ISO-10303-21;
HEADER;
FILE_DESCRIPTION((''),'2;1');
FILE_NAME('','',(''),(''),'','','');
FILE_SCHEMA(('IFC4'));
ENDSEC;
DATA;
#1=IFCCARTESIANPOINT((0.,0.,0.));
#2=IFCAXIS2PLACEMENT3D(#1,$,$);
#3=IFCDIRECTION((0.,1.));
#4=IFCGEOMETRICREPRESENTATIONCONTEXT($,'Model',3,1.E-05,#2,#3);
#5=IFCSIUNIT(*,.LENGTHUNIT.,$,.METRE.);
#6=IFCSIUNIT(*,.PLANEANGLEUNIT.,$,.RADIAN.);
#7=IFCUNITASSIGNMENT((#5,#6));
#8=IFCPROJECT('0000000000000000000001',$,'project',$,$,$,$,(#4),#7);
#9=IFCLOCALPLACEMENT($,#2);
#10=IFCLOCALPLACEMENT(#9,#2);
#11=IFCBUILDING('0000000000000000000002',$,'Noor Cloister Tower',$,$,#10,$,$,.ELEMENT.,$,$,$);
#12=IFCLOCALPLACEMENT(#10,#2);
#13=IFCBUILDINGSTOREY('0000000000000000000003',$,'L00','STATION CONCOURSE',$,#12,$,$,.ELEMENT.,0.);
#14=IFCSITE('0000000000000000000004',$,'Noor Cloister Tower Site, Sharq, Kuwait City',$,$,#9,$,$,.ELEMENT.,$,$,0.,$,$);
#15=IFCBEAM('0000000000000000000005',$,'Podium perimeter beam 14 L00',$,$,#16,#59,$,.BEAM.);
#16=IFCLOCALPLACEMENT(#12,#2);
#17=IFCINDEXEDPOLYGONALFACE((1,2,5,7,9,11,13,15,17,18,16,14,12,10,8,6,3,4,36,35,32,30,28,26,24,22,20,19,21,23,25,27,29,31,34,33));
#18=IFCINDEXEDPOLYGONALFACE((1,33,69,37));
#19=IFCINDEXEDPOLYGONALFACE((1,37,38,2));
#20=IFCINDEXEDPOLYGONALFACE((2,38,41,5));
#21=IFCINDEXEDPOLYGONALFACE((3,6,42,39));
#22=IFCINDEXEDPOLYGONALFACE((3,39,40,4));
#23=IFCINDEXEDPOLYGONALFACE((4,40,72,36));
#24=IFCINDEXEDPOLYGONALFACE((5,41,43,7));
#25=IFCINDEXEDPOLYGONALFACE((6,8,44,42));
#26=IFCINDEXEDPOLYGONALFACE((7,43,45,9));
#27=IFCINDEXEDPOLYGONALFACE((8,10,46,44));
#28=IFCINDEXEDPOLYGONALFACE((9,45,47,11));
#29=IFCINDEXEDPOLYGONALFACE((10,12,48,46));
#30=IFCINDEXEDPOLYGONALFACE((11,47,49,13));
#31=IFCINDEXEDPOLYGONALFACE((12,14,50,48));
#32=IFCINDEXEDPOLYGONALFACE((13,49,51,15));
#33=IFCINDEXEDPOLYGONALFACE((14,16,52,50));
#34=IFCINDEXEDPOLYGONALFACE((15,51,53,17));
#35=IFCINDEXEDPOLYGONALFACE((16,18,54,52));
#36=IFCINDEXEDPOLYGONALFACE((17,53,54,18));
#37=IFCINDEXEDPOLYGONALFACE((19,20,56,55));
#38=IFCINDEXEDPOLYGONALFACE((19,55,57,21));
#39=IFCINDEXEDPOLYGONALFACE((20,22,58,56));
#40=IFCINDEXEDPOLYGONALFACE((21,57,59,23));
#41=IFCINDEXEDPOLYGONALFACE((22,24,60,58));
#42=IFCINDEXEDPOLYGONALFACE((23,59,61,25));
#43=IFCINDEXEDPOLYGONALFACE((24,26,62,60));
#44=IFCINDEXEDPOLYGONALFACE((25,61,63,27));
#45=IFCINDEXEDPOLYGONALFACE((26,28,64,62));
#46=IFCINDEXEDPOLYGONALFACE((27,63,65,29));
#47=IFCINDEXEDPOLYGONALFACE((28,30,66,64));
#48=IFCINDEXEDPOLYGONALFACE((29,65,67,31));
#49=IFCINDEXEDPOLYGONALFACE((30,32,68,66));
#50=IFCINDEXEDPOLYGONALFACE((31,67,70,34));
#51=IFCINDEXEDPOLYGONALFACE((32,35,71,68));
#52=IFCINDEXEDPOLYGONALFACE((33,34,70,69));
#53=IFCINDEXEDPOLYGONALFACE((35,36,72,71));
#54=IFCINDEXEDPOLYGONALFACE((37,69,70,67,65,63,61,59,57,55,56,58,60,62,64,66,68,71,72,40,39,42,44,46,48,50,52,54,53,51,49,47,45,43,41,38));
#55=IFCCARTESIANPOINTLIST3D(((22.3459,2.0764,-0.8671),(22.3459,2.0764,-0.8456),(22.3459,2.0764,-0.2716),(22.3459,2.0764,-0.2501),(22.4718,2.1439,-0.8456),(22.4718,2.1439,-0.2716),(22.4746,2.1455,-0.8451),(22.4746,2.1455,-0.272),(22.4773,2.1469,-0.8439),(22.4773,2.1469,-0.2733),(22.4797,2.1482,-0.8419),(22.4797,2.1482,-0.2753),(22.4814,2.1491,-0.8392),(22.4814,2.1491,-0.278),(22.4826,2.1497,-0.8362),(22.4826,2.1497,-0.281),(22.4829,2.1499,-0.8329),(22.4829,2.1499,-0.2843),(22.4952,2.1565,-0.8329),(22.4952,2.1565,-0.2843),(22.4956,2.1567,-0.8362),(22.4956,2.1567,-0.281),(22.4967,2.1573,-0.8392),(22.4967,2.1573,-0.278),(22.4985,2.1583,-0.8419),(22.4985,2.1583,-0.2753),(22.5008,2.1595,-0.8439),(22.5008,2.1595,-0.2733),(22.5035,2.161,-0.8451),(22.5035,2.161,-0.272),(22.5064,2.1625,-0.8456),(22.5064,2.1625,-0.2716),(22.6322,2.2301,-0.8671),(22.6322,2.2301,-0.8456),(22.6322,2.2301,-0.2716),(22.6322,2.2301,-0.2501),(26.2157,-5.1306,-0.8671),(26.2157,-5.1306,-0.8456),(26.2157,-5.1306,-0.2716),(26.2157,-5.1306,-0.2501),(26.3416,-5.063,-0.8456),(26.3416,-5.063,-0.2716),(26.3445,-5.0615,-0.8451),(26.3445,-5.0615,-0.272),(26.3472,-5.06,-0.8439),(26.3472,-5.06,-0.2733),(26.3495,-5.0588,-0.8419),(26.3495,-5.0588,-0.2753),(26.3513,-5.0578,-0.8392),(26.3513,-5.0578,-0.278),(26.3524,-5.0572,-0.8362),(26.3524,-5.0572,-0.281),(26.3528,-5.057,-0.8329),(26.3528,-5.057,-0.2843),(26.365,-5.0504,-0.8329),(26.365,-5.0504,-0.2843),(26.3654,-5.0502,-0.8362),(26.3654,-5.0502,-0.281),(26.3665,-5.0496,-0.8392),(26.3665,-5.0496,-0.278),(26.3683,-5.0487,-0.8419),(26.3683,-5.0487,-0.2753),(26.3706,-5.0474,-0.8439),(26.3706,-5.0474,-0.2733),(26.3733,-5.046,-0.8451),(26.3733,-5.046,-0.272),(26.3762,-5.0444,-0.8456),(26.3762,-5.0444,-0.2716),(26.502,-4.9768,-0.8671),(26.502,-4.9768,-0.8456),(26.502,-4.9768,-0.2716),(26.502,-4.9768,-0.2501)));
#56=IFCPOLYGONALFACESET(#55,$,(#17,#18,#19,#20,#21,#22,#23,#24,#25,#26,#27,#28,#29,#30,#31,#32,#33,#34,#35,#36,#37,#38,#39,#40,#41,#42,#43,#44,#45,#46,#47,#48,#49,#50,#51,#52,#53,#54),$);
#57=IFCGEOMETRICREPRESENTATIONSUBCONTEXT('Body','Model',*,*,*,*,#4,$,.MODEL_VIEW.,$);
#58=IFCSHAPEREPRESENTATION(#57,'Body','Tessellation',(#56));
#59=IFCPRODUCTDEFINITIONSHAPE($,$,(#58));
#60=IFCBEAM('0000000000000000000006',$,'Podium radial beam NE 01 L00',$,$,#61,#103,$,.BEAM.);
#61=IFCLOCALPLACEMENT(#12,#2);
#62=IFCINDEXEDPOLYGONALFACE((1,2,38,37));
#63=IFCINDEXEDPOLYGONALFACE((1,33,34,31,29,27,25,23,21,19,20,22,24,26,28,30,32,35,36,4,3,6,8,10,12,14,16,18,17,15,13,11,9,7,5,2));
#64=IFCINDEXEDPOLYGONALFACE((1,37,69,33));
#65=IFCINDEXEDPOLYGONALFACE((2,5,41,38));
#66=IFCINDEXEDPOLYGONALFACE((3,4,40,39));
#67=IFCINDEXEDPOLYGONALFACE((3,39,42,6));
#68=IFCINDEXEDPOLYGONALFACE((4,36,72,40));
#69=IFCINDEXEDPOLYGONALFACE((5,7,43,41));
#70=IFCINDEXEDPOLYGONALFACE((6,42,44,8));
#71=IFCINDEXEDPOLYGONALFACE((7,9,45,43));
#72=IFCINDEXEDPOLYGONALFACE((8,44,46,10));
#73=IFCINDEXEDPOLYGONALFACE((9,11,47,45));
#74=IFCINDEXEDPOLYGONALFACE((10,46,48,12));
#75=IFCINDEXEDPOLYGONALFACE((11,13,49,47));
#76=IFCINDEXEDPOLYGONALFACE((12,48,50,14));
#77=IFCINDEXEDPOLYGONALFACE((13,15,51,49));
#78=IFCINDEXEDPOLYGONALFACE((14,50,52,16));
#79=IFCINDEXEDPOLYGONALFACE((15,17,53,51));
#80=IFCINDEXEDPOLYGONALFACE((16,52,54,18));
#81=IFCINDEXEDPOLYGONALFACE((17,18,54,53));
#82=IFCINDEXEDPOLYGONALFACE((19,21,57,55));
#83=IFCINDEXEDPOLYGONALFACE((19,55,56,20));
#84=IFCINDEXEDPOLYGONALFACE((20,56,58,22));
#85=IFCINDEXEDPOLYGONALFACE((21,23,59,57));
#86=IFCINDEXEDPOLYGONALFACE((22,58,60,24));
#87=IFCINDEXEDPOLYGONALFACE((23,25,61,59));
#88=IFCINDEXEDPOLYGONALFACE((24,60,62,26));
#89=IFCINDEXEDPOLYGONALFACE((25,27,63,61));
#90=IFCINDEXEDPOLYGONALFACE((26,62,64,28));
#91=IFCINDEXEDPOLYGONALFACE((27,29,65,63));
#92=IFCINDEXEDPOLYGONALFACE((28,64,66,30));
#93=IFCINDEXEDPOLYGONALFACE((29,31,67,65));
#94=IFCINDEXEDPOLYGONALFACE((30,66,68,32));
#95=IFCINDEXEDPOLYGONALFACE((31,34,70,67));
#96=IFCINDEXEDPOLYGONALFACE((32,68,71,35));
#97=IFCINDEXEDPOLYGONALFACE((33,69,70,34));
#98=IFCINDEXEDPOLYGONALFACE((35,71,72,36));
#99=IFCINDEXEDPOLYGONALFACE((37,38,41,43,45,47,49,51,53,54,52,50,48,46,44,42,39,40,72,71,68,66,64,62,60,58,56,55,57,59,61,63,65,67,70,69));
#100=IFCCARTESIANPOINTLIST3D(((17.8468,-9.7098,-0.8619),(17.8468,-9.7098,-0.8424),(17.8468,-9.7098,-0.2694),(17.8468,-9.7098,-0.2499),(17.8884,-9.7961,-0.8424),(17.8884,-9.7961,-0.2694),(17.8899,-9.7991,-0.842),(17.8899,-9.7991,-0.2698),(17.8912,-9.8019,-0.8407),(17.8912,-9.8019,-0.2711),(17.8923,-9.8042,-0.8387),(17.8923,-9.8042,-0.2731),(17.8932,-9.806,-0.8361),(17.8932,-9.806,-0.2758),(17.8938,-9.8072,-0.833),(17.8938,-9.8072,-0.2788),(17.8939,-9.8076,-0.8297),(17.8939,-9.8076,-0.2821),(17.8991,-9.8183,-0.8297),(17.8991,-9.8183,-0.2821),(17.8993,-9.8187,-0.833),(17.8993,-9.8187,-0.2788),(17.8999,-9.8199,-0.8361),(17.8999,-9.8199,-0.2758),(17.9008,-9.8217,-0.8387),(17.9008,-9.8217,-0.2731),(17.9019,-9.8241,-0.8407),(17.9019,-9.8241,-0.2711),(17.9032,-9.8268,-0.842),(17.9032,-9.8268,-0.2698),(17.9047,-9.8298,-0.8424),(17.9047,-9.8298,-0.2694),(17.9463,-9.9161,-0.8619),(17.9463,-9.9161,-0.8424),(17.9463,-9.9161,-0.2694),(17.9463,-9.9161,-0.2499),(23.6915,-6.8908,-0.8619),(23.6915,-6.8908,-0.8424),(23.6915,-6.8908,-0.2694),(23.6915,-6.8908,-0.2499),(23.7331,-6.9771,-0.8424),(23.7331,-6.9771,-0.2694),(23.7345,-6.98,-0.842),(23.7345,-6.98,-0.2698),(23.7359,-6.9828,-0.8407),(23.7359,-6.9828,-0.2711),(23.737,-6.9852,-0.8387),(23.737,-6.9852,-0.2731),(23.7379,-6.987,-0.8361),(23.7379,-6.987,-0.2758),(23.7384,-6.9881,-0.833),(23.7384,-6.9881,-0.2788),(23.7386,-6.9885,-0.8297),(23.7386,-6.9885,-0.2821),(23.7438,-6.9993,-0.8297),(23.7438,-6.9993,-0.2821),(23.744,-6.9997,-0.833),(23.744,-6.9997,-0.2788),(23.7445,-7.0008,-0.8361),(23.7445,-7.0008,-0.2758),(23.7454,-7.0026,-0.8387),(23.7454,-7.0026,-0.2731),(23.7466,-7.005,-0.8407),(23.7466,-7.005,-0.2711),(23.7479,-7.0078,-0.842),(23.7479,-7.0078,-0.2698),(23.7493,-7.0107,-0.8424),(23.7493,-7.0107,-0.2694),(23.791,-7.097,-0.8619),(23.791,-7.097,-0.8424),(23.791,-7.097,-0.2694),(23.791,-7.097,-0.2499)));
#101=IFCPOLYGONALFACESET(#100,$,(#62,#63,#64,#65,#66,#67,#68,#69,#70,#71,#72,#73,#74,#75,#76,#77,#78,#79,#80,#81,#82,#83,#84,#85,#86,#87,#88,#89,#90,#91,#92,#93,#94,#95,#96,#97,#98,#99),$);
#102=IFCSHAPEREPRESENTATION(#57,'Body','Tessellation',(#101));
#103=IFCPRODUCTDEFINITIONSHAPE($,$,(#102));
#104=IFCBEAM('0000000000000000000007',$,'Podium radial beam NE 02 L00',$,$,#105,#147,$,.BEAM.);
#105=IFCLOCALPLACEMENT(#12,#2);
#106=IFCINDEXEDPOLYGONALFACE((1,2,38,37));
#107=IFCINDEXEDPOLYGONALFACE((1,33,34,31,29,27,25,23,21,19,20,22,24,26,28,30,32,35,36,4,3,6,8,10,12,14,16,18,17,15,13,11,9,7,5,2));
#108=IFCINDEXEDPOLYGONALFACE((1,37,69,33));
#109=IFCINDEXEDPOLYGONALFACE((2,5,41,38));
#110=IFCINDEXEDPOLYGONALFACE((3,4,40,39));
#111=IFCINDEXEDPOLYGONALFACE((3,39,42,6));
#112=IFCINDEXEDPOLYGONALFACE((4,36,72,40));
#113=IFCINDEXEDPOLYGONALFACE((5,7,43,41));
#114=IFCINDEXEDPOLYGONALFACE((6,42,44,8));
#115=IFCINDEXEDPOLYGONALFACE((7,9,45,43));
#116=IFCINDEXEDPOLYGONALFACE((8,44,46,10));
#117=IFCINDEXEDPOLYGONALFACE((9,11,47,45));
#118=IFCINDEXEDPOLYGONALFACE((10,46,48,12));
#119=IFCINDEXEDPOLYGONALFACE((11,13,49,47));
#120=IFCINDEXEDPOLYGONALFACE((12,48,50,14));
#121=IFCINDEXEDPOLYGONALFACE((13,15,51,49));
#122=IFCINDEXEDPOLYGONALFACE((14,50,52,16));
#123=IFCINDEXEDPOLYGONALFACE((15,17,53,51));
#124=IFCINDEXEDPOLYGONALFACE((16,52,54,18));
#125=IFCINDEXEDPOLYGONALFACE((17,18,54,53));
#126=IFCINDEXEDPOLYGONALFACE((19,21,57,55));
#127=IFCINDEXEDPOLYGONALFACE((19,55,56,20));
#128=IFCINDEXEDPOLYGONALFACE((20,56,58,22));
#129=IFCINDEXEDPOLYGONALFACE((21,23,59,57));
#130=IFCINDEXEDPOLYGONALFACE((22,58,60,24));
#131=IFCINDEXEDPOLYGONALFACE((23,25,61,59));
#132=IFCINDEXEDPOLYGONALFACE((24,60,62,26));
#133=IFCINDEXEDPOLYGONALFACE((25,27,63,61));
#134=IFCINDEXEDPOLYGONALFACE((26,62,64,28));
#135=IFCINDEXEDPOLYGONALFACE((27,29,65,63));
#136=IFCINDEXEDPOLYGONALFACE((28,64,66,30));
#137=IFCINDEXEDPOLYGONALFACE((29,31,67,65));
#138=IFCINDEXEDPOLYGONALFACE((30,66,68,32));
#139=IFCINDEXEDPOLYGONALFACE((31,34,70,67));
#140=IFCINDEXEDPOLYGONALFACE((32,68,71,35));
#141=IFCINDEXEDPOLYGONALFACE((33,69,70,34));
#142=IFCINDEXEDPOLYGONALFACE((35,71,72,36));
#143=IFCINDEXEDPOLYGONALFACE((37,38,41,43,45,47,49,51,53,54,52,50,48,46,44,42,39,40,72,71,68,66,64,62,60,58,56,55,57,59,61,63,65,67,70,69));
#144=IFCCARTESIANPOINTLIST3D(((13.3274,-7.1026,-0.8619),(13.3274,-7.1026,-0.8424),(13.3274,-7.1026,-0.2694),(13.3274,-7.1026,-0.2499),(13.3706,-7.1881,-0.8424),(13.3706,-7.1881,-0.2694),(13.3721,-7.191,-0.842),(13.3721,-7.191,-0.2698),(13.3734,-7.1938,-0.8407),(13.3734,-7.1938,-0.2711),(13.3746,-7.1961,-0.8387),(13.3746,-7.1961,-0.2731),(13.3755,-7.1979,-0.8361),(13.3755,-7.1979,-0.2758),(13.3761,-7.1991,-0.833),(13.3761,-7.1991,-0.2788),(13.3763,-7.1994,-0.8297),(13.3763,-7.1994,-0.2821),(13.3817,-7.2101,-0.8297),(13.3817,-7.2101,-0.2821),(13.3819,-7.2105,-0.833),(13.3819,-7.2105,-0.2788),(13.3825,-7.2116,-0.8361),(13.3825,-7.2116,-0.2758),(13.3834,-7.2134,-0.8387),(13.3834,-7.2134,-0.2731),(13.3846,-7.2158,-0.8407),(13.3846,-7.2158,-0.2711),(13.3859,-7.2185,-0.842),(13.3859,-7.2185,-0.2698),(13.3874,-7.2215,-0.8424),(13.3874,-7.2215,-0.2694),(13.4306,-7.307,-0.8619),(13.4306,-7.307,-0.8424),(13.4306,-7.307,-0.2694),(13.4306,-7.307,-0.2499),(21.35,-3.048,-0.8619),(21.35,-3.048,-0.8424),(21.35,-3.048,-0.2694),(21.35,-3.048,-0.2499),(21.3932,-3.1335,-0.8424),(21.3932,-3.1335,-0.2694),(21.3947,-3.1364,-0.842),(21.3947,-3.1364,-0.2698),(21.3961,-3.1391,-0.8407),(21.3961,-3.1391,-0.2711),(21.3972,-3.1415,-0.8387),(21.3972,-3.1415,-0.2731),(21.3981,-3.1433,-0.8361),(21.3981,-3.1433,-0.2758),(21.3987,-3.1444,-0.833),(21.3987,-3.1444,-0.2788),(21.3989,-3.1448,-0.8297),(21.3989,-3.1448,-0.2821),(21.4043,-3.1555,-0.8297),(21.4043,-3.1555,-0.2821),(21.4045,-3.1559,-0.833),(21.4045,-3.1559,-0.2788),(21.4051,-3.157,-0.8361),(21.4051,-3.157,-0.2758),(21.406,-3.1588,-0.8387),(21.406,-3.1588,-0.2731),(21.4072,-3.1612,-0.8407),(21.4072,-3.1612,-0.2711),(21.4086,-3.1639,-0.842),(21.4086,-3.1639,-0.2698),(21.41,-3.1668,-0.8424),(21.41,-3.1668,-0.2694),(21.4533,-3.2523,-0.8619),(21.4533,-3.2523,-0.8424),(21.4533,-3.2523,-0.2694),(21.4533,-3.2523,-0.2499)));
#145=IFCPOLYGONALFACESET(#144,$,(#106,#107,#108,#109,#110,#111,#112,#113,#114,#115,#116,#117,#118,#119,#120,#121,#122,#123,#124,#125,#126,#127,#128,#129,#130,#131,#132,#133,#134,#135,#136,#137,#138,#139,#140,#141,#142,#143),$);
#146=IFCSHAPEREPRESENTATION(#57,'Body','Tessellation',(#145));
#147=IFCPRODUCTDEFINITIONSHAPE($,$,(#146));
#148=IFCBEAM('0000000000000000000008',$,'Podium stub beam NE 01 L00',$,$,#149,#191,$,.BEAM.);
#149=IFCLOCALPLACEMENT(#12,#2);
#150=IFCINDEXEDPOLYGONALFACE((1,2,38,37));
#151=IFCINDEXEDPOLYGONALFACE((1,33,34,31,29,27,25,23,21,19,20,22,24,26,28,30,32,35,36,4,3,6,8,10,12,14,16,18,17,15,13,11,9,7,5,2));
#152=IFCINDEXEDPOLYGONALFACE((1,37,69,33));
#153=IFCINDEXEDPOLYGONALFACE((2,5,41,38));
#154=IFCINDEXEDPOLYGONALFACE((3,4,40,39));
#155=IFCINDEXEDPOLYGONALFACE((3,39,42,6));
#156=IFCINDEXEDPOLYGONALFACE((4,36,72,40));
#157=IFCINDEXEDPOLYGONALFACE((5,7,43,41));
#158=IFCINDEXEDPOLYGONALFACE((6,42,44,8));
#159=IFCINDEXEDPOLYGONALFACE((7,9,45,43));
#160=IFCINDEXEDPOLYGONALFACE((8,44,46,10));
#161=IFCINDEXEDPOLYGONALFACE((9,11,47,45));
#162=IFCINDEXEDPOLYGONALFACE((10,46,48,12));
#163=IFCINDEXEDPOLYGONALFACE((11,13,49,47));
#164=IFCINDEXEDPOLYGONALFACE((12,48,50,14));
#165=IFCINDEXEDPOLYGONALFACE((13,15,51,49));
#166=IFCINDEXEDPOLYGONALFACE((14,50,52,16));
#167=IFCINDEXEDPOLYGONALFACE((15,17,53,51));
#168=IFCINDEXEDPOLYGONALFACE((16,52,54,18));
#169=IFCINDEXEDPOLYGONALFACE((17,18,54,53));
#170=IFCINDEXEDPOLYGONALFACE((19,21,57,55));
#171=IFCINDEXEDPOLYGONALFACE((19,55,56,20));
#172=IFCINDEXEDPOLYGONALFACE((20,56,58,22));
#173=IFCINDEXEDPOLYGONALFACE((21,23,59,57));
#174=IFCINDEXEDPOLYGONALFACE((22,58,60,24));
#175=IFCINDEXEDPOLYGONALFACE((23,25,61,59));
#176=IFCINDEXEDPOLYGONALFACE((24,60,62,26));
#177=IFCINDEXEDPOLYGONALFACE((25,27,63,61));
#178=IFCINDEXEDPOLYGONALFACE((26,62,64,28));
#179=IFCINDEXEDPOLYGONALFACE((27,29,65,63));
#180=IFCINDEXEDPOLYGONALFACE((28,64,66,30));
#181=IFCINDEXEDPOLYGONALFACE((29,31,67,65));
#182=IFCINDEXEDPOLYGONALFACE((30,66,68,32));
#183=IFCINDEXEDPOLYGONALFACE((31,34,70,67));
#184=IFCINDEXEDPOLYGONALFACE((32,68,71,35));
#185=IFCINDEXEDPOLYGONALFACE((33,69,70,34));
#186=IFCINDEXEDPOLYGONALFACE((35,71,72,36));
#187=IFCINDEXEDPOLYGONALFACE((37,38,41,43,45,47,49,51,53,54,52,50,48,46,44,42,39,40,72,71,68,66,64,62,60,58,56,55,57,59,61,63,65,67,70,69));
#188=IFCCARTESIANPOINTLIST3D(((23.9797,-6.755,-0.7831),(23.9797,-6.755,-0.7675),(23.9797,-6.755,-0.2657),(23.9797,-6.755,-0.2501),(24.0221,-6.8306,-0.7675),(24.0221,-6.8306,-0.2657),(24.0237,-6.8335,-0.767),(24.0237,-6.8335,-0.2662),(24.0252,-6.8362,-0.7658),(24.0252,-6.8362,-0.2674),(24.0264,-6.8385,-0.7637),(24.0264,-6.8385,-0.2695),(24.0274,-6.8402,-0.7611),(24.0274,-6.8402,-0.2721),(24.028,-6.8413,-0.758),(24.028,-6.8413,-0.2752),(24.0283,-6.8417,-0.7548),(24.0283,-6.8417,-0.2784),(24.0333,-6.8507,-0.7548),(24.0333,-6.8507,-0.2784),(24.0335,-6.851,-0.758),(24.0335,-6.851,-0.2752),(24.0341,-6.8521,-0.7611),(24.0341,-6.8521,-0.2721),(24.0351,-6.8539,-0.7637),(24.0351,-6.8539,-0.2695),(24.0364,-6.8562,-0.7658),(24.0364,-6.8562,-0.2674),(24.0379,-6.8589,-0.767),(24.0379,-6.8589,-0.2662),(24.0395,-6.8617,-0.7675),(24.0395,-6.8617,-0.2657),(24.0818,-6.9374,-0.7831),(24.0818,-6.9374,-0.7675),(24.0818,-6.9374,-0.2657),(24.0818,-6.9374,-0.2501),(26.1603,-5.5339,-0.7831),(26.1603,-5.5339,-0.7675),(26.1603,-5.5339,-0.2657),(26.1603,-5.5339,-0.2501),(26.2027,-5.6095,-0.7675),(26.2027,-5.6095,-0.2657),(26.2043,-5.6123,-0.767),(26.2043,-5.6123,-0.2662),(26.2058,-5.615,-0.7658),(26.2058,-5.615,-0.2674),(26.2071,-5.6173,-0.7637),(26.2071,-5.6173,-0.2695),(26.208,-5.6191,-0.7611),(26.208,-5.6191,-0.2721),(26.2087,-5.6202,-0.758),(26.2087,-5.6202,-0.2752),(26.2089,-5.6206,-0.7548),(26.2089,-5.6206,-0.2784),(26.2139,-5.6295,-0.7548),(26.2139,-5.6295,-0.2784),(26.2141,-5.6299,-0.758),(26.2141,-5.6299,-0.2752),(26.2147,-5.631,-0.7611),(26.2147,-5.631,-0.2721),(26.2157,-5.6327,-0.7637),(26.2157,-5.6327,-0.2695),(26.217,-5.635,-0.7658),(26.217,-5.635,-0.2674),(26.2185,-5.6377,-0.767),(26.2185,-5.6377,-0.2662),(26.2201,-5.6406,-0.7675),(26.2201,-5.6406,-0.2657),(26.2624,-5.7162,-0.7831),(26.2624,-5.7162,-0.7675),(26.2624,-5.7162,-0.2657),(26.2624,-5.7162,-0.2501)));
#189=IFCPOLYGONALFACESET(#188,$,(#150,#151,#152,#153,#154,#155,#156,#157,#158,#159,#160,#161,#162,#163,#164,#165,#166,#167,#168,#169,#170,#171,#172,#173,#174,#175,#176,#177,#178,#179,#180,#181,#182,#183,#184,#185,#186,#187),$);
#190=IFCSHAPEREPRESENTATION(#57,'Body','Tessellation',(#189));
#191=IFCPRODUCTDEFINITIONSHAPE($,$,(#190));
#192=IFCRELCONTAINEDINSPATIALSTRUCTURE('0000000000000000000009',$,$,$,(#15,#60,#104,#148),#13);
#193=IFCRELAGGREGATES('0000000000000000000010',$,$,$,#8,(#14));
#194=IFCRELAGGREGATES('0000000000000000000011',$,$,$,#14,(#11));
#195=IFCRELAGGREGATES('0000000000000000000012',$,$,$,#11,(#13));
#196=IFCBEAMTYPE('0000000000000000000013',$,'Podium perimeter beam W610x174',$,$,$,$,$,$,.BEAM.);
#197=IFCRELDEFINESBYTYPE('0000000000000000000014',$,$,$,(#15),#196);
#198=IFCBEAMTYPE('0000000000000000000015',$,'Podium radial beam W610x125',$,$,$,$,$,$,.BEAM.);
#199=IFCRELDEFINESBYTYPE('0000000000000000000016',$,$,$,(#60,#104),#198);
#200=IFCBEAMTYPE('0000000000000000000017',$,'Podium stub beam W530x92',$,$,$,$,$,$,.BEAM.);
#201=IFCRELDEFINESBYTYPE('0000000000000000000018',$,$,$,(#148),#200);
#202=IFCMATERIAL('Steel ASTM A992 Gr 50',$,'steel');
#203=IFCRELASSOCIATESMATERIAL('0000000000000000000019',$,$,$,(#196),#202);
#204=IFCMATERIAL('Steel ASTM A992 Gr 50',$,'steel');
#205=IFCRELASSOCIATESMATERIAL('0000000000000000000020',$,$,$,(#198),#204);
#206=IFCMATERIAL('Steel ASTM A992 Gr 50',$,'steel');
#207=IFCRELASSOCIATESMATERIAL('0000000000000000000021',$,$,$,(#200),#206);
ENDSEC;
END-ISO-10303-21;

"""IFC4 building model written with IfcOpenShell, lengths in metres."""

from ifc_helpers import new_model, si_unit, direction, frame, origin, origin_2d, place, context, subcontext, project, spatial, i_section, extrude, material, material_profile, profile_set, type_object, element, save


model = new_model("IFC4")

# Units and contexts
model_context = context("Model", 3, precision=1e-05, world=origin(), true_north=direction((0.0, 1.0)))
body_context = subcontext(model_context, "Body", "Model", "MODEL_VIEW")
ifc_project = project(units=[si_unit("LENGTHUNIT", "METRE"), si_unit("PLANEANGLEUNIT", "RADIAN")], contexts=[model_context])

# Site, building, storey
site_placement = place(None, origin())
site = spatial("IfcSite", under=ifc_project, at=site_placement, Name="Noor Cloister Tower Site, Sharq, Kuwait City", CompositionType="ELEMENT", RefElevation=0.0)
building_placement = place(site_placement, origin())
building = spatial("IfcBuilding", under=site, at=building_placement, Name="Noor Cloister Tower", CompositionType="ELEMENT")
storey_placement = place(building_placement, origin())
storey = spatial("IfcBuildingStorey", under=building, at=storey_placement, Name="L00", Description="STATION CONCOURSE", CompositionType="ELEMENT", Elevation=0.0)

# Beams
ifc_material_1 = material(Name="Steel ASTM A992 Gr 50", Category="steel")
ifc_material_profile_1 = material_profile(ifc_material_1, i_section(OverallWidth=0.325, OverallDepth=0.6169, WebThickness=0.0139, FlangeThickness=0.0215, FilletRadius=0.0127, at=origin_2d()), Name="W610x174")
ifc_profile_set_1 = profile_set([ifc_material_profile_1], Name="Steel ASTM A992 Gr 50")
beam_type_1 = type_object("IfcBeamType", Name="Podium perimeter beam W610x174", PredefinedType="BEAM", material=ifc_profile_set_1)
beam_1_placement = place(storey_placement, frame((26.3589, -5.0537, -0.5586), z_axis=(-0.473073, 0.881023, 0.0), x_axis=(-0.881023, -0.473073, 0.0)))
element("IfcBeam", 1, at=beam_1_placement, inside=storey, type_object=beam_type_1, Name="Podium perimeter beam 14 L00", PredefinedType="BEAM", context=body_context, shape_type="SweptSolid", body=[
    extrude(i_section(OverallWidth=0.325, OverallDepth=0.6169, WebThickness=0.0139, FlangeThickness=0.0215, FilletRadius=0.0127, at=origin_2d()), origin(), (0.0, 0.0, 1.0), 8.1802),
])
ifc_material_2 = material(Name="Steel ASTM A992 Gr 50", Category="steel")
ifc_material_profile_2 = material_profile(ifc_material_2, i_section(OverallWidth=0.229, OverallDepth=0.6121, WebThickness=0.012, FlangeThickness=0.0195, FilletRadius=0.0127, at=origin_2d()), Name="W610x125")
ifc_profile_set_2 = profile_set([ifc_material_profile_2], Name="Steel ASTM A992 Gr 50")
beam_type_2 = type_object("IfcBeamType", Name="Podium radial beam W610x125", PredefinedType="BEAM", material=ifc_profile_set_2)
beam_2_placement = place(storey_placement, frame((23.7412, -6.9939, -0.5559), z_axis=(-0.900702, -0.434437, 0.0), x_axis=(0.434437, -0.900702, 0.0)))
element("IfcBeam", 2, at=beam_2_placement, inside=storey, type_object=beam_type_2, Name="Podium radial beam NE 01 L00", PredefinedType="BEAM", context=body_context, shape_type="SweptSolid", body=[
    extrude(i_section(OverallWidth=0.229, OverallDepth=0.6121, WebThickness=0.012, FlangeThickness=0.0195, FilletRadius=0.0127, at=origin_2d()), origin(), (0.0, 0.0, 1.0), 6.489),
])
beam_3_placement = place(storey_placement, frame((21.4016, -3.1501, -0.5559), z_axis=(-0.892491, -0.451066, 0.0), x_axis=(0.451066, -0.892491, 0.0)))
element("IfcBeam", 3, at=beam_3_placement, inside=storey, type_object=beam_type_2, Name="Podium radial beam NE 02 L00", PredefinedType="BEAM", context=body_context, shape_type="SweptSolid", body=[
    extrude(i_section(OverallWidth=0.229, OverallDepth=0.6121, WebThickness=0.012, FlangeThickness=0.0195, FilletRadius=0.0127, at=origin_2d()), origin(), (0.0, 0.0, 1.0), 8.989),
])
ifc_material_3 = material(Name="Steel ASTM A992 Gr 50", Category="steel")
ifc_material_profile_3 = material_profile(ifc_material_3, i_section(OverallWidth=0.209, OverallDepth=0.533, WebThickness=0.0103, FlangeThickness=0.0156, FilletRadius=0.0127, at=origin_2d()), Name="W530x92")
ifc_profile_set_3 = profile_set([ifc_material_profile_3], Name="Steel ASTM A992 Gr 50")
beam_type_3 = type_object("IfcBeamType", Name="Podium stub beam W530x92", PredefinedType="BEAM", material=ifc_profile_set_3)
beam_4_placement = place(storey_placement, frame((24.0308, -6.8462, -0.5166), z_axis=(0.872503, 0.488609, 0.0), x_axis=(-0.488609, 0.872503, 0.0)))
element("IfcBeam", 4, at=beam_4_placement, inside=storey, type_object=beam_type_3, Name="Podium stub beam NE 01 L00", PredefinedType="BEAM", context=body_context, shape_type="SweptSolid", body=[
    extrude(i_section(OverallWidth=0.209, OverallDepth=0.533, WebThickness=0.0103, FlangeThickness=0.0156, FilletRadius=0.0127, at=origin_2d()), origin(), (0.0, 0.0, 1.0), 2.4993),
])

save(model, "model.ifc")
